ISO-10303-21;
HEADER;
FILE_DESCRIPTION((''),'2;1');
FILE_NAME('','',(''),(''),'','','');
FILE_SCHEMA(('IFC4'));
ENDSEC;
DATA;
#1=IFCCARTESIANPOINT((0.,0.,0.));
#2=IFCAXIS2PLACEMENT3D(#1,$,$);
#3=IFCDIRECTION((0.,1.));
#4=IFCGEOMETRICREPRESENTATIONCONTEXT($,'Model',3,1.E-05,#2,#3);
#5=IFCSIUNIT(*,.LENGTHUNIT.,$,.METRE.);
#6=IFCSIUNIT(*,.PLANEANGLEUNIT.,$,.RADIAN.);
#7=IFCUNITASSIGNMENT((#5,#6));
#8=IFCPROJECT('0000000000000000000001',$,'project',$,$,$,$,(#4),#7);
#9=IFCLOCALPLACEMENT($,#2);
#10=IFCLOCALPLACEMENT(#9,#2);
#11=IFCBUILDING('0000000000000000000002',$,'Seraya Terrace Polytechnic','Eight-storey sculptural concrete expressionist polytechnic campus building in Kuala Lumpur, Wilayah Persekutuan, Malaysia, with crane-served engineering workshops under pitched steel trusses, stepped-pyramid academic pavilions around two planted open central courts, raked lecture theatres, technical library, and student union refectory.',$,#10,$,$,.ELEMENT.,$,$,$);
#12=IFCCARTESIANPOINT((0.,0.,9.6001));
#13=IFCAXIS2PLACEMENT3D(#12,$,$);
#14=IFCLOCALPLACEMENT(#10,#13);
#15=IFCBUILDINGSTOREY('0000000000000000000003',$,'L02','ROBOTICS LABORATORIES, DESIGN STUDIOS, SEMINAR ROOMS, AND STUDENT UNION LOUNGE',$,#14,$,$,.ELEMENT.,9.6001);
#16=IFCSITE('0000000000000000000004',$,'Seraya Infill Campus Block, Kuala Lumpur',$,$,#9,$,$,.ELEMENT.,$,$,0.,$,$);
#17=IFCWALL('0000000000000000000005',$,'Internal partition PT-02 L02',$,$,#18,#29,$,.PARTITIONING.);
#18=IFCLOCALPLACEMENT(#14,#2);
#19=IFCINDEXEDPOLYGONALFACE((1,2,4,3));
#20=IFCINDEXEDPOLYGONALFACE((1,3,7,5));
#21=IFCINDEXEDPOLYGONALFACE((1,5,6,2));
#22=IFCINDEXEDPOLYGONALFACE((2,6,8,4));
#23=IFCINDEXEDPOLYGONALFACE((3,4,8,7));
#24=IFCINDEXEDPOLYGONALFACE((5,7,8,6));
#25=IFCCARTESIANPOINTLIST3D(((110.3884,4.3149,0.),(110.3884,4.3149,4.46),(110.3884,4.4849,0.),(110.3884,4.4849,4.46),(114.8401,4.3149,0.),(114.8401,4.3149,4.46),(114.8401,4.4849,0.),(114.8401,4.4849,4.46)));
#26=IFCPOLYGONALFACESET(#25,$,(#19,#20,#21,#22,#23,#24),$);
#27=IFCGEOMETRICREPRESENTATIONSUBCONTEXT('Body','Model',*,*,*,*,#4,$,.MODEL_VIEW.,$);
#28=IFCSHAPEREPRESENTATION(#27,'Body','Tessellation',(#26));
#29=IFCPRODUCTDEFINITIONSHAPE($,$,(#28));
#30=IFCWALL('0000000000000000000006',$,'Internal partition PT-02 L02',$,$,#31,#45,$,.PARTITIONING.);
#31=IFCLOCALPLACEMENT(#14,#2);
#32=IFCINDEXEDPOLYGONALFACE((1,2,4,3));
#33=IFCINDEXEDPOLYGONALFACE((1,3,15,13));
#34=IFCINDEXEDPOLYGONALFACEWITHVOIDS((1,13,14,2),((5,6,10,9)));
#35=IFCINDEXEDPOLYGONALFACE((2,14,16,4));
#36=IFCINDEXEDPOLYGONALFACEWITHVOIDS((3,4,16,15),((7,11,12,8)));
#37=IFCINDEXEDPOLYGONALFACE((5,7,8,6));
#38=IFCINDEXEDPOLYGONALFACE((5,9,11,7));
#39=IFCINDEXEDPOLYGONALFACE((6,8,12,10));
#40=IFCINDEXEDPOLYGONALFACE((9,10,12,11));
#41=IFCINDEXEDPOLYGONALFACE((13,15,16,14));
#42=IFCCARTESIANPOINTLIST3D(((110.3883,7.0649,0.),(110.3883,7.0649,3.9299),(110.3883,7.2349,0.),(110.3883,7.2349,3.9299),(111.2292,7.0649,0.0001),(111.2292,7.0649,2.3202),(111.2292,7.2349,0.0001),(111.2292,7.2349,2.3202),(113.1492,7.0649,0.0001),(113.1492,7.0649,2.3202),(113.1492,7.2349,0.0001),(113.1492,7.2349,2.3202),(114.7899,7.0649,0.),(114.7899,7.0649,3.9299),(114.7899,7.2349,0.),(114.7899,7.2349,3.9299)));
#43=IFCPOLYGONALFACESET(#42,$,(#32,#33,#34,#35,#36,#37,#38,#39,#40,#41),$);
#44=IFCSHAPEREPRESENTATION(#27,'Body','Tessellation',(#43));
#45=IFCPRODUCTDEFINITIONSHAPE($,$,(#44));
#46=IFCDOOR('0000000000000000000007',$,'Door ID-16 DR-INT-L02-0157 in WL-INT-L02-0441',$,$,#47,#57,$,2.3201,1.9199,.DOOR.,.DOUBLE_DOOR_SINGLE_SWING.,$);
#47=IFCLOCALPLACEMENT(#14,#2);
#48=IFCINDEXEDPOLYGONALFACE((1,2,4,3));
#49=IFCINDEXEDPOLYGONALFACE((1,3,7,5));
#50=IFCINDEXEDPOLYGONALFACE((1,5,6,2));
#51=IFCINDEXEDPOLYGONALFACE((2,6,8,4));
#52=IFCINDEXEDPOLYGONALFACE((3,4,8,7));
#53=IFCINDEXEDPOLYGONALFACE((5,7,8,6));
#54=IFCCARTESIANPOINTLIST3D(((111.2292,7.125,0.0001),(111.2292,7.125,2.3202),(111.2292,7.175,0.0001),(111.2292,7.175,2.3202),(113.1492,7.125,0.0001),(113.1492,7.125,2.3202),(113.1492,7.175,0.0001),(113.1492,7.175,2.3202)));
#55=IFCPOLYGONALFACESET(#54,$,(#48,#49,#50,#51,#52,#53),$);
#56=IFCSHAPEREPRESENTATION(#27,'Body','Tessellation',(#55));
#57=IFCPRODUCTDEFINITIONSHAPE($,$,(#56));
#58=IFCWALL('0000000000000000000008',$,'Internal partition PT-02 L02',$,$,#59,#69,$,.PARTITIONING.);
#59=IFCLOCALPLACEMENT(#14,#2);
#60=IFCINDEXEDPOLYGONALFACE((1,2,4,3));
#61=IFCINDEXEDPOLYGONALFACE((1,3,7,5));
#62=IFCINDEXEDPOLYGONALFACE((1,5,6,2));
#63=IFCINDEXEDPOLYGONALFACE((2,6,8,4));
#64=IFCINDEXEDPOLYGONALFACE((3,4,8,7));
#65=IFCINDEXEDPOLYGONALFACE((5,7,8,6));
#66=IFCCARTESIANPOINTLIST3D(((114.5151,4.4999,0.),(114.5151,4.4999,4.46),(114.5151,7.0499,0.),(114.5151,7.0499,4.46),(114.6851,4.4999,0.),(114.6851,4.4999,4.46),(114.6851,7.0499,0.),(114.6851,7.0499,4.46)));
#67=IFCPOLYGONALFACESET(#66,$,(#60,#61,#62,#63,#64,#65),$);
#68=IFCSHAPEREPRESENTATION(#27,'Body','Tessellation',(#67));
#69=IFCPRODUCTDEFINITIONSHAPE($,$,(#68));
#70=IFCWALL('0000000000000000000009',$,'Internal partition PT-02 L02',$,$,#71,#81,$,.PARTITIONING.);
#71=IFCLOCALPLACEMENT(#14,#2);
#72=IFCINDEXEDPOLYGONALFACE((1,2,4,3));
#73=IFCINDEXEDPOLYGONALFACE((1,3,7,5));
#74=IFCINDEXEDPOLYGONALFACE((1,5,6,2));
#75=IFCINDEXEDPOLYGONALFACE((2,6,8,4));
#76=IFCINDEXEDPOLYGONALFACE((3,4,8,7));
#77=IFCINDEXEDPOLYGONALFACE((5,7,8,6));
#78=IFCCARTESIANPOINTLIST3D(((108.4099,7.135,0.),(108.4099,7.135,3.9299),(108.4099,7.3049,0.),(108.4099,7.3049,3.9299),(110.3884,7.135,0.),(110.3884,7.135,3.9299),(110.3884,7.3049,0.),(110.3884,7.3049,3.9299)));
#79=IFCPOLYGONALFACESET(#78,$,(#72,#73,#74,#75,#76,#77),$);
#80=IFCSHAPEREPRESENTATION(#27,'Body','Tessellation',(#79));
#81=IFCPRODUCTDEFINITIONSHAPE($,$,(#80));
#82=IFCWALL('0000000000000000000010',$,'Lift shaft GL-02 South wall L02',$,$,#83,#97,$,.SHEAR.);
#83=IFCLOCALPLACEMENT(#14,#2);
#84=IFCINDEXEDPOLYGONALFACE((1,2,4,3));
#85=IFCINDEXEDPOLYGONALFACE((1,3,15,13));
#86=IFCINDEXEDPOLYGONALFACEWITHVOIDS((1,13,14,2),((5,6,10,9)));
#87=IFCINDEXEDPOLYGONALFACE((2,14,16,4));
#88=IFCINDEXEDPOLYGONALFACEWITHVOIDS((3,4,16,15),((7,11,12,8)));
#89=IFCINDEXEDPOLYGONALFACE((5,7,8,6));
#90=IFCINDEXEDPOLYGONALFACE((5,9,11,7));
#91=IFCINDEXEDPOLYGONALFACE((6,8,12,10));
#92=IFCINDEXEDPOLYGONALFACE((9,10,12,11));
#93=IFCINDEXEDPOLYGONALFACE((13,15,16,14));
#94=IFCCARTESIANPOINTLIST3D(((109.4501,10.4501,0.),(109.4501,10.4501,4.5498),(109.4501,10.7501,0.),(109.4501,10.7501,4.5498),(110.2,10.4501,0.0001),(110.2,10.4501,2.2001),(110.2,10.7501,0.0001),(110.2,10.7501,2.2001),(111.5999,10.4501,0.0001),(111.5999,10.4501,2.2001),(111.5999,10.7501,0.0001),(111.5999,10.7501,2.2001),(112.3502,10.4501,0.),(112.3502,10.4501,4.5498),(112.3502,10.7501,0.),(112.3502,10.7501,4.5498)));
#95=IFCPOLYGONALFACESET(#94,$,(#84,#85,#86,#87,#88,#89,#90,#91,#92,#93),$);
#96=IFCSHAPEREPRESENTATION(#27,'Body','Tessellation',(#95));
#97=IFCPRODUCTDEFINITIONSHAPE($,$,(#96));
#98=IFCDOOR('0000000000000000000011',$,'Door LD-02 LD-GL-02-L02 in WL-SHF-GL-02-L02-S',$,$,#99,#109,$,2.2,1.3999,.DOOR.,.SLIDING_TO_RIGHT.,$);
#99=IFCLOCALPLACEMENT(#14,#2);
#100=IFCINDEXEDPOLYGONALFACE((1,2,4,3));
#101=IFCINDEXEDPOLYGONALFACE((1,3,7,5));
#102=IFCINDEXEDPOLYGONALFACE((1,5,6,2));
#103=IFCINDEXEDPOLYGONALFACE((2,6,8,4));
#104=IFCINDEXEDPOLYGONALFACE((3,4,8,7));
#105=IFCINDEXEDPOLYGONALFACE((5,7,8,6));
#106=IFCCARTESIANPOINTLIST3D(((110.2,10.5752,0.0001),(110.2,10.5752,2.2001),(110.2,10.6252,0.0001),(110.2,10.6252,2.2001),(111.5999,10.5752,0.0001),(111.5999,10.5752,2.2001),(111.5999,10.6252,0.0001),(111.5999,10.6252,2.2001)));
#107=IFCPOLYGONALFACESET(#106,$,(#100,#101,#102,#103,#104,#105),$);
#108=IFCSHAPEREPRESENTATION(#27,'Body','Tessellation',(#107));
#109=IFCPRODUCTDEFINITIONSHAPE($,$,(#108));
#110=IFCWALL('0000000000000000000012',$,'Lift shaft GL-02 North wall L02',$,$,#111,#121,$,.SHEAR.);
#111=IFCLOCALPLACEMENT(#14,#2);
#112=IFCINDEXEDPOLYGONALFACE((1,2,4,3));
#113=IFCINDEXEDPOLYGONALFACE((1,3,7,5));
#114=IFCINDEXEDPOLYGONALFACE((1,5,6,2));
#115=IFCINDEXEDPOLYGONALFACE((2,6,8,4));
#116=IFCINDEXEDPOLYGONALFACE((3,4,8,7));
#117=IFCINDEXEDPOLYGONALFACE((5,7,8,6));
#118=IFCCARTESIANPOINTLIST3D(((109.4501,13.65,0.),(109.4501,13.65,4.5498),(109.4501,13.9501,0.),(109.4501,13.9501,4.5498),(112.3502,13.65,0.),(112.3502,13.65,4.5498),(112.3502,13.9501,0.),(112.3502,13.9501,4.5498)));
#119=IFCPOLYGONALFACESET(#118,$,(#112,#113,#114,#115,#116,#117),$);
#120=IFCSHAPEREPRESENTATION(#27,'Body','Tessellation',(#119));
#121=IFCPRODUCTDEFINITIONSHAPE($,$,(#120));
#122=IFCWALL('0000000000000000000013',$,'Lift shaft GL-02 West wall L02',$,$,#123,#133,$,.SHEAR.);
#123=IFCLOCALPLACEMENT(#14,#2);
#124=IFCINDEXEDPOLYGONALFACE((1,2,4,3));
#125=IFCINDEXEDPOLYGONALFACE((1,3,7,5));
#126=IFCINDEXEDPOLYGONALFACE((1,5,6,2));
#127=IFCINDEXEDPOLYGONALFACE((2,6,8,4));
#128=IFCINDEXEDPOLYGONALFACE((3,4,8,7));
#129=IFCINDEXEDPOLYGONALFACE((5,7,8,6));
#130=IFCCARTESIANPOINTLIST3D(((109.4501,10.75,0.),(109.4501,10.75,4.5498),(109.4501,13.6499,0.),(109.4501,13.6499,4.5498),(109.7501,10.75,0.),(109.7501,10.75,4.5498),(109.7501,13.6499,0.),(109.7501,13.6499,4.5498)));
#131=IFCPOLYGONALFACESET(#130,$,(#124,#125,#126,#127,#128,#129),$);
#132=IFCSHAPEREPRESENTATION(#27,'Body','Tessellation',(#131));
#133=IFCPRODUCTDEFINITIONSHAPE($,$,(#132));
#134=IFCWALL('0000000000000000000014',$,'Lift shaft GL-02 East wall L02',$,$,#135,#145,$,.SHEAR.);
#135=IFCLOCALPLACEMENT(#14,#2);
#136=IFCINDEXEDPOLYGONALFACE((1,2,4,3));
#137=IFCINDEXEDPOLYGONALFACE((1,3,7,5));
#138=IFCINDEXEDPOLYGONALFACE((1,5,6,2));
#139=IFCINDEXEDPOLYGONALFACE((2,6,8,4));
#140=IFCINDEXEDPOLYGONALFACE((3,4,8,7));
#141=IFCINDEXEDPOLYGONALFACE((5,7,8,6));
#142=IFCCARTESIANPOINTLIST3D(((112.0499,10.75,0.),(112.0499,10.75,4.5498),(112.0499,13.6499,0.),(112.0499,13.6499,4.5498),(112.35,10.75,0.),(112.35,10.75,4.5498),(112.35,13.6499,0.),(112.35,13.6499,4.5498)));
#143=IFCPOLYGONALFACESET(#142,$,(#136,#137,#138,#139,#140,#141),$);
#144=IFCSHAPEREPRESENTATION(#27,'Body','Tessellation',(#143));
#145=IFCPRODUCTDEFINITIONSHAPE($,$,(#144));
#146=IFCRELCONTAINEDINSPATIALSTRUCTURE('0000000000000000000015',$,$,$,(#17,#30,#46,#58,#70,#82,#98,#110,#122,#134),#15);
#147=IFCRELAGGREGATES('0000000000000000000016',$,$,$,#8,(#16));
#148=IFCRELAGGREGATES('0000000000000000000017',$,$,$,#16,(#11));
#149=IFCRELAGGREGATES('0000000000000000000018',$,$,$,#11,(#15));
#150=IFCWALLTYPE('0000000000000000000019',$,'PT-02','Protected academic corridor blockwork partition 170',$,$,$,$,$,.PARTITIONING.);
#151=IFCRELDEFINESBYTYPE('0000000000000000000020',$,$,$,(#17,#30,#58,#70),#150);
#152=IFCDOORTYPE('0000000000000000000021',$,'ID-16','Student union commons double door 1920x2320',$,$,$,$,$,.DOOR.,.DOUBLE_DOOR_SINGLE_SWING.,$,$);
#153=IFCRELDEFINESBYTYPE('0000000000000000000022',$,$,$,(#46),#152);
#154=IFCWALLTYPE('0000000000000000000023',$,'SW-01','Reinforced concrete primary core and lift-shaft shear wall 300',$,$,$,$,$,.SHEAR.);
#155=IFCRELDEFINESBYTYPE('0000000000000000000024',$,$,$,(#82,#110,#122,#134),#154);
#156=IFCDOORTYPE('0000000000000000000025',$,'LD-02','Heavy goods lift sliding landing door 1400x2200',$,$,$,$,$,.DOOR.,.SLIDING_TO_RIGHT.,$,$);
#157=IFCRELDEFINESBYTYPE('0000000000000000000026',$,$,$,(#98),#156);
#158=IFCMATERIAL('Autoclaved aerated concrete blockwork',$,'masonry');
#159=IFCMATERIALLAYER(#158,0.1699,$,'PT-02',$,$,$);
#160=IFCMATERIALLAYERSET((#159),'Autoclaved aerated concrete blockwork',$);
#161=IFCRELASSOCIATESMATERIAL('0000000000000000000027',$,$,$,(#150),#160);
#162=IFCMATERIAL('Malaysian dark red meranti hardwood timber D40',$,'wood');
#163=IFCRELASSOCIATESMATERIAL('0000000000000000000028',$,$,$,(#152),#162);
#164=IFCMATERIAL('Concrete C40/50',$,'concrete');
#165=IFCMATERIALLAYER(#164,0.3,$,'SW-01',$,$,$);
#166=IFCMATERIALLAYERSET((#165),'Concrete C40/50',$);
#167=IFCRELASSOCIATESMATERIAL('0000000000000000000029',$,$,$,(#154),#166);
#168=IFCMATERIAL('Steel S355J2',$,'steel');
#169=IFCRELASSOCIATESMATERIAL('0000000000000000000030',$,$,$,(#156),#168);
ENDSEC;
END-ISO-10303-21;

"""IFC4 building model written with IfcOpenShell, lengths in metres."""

from ifc_helpers import new_model, si_unit, direction, frame, frame_2d, origin, place, context, subcontext, project, spatial, rectangle, extrude, material, layer, layer_set, type_object, element, fill, save


model = new_model("IFC4")

# Units and contexts
model_context = context("Model", 3, precision=1e-05, world=origin(), true_north=direction((0.0, 1.0)))
body_context = subcontext(model_context, "Body", "Model", "MODEL_VIEW")
ifc_project = project(units=[si_unit("LENGTHUNIT", "METRE"), si_unit("PLANEANGLEUNIT", "RADIAN")], contexts=[model_context])

# Site, building, storey
site_placement = place(None, origin())
site = spatial("IfcSite", under=ifc_project, at=site_placement, Name="Seraya Infill Campus Block, Kuala Lumpur", CompositionType="ELEMENT", RefElevation=0.0)
building_placement = place(site_placement, origin())
building = spatial("IfcBuilding", under=site, at=building_placement, Name="Seraya Terrace Polytechnic", Description="Eight-storey sculptural concrete expressionist polytechnic campus building in Kuala Lumpur, Wilayah Persekutuan, Malaysia, with crane-served engineering workshops under pitched steel trusses, stepped-pyramid academic pavilions around two planted open central courts, raked lecture theatres, technical library, and student union refectory.", CompositionType="ELEMENT")
storey_placement = place(building_placement, frame((0.0, 0.0, 9.6001)))
storey = spatial("IfcBuildingStorey", under=building, at=storey_placement, Name="L02", Description="ROBOTICS LABORATORIES, DESIGN STUDIOS, SEMINAR ROOMS, AND STUDENT UNION LOUNGE", CompositionType="ELEMENT", Elevation=9.6001)

# Shared definitions
ifc_material_1 = material(Name="Concrete C40/50", Category="concrete")

# Wall
ifc_material_2 = material(Name="Autoclaved aerated concrete blockwork", Category="masonry")
ifc_layer_1 = layer(ifc_material_2, 0.1699, Name="PT-02")
ifc_layer_set_1 = layer_set([ifc_layer_1], Name="Autoclaved aerated concrete blockwork")
wall_type_1 = type_object("IfcWallType", Name="PT-02", Description="Protected academic corridor blockwork partition 170", PredefinedType="PARTITIONING", material=ifc_layer_set_1)
wall_1_placement = place(storey_placement, frame((110.3884, 4.3999, 0.0), z_axis=(0.0, 0.0, 1.0), x_axis=(1.0, 0.0, 0.0)))
element("IfcWall", 1, at=wall_1_placement, inside=storey, type_object=wall_type_1, Name="Internal partition PT-02 L02", PredefinedType="PARTITIONING", context=body_context, shape_type="SweptSolid", body=[
    extrude(rectangle(XDim=4.4517, YDim=0.1699, at=frame_2d((2.2258, 0.0))), origin(), (0.0, 0.0, 1.0), 4.46),
])

# Wall, opening, door
wall_2_placement = place(storey_placement, frame((110.3884, 7.1499, 0.0), z_axis=(0.0, 0.0, 1.0), x_axis=(1.0, 0.0, 0.0)))
wall_2 = element("IfcWall", 2, at=wall_2_placement, inside=storey, type_object=wall_type_1, Name="Internal partition PT-02 L02", PredefinedType="PARTITIONING", context=body_context, shape_type="SweptSolid", body=[
    extrude(rectangle(XDim=4.4016, YDim=0.1699, at=frame_2d((2.2007, 0.0))), origin(), (0.0, 0.0, 1.0), 3.9299),
])
opening_1_placement = place(wall_2_placement, frame((0.8408, 0.0, 0.0)))
opening_1 = element("IfcOpeningElement", 3, at=opening_1_placement, cuts=wall_2, PredefinedType="OPENING", context=body_context, shape_type="SweptSolid", body=[
    extrude(rectangle(XDim=1.9199, YDim=2.3201, at=frame_2d((0.96, 1.1602))), frame((0.0, 0.0969, 0.0), z_axis=(0.0, -1.0, 0.0), x_axis=(1.0, 0.0, 0.0)), (0.0, 0.0, 1.0), 0.1938),
])
ifc_material_3 = material(Name="Malaysian dark red meranti hardwood timber D40", Category="wood")
door_type_1 = type_object("IfcDoorType", Name="ID-16", Description="Student union commons double door 1920x2320", OperationType="DOUBLE_DOOR_SINGLE_SWING", PredefinedType="DOOR", material=ifc_material_3)
door_1_placement = place(opening_1_placement, frame((1.9199, 0.0, 0.0), z_axis=(0.0, 0.0, 1.0), x_axis=(-1.0, 0.0, 0.0)))
door_1 = element("IfcDoor", 4, at=door_1_placement, inside=storey, type_object=door_type_1, Name="Door ID-16 DR-INT-L02-0157 in WL-INT-L02-0441", OperationType="DOUBLE_DOOR_SINGLE_SWING", OverallHeight=2.3201, OverallWidth=1.9199, PredefinedType="DOOR", context=body_context, shape_type="SweptSolid", body=[
    extrude(rectangle(XDim=1.9199, YDim=2.3201, at=frame_2d((0.96, 1.1602))), frame((0.0, 0.0249, 0.0), z_axis=(0.0, -1.0, 0.0), x_axis=(1.0, 0.0, 0.0)), (0.0, 0.0, 1.0), 0.05),
])
fill(opening_1, door_1)

# Walls
wall_3_placement = place(storey_placement, frame((114.6001, 4.5, 0.0), z_axis=(0.0, 0.0, 1.0), x_axis=(0.0, 1.0, 0.0)))
element("IfcWall", 5, at=wall_3_placement, inside=storey, type_object=wall_type_1, Name="Internal partition PT-02 L02", PredefinedType="PARTITIONING", context=body_context, shape_type="SweptSolid", body=[
    extrude(rectangle(XDim=2.55, YDim=0.1699, at=frame_2d((1.2749, 0.0))), origin(), (0.0, 0.0, 1.0), 4.46),
])
wall_4_placement = place(storey_placement, frame((108.4099, 7.22, 0.0), z_axis=(0.0, 0.0, 1.0), x_axis=(1.0, 0.0, 0.0)))
element("IfcWall", 6, at=wall_4_placement, inside=storey, type_object=wall_type_1, Name="Internal partition PT-02 L02", PredefinedType="PARTITIONING", context=body_context, shape_type="SweptSolid", body=[
    extrude(rectangle(XDim=1.9785, YDim=0.1699, at=frame_2d((0.9893, 0.0))), origin(), (0.0, 0.0, 1.0), 3.9299),
])

# Wall, opening, door
ifc_layer_2 = layer(ifc_material_1, 0.3, Name="SW-01")
ifc_layer_set_2 = layer_set([ifc_layer_2], Name="Concrete C40/50")
wall_type_2 = type_object("IfcWallType", Name="SW-01", Description="Reinforced concrete primary core and lift-shaft shear wall 300", PredefinedType="SHEAR", material=ifc_layer_set_2)
wall_5_placement = place(storey_placement, frame((109.45, 10.6001, 0.0), z_axis=(0.0, 0.0, 1.0), x_axis=(1.0, 0.0, 0.0)))
wall_5 = element("IfcWall", 7, at=wall_5_placement, inside=storey, type_object=wall_type_2, Name="Lift shaft GL-02 South wall L02", PredefinedType="SHEAR", context=body_context, shape_type="SweptSolid", body=[
    extrude(rectangle(XDim=2.9001, YDim=0.3, at=frame_2d((1.4502, 0.0))), origin(), (0.0, 0.0, 1.0), 4.5498),
])
opening_2_placement = place(wall_5_placement, frame((0.75, 0.0, 0.0)))
opening_2 = element("IfcOpeningElement", 8, at=opening_2_placement, cuts=wall_5, PredefinedType="OPENING", context=body_context, shape_type="SweptSolid", body=[
    extrude(rectangle(XDim=1.3999, YDim=2.2, at=frame_2d((0.7, 1.1001))), frame((0.0, 0.1621, 0.0), z_axis=(0.0, -1.0, 0.0), x_axis=(1.0, 0.0, 0.0)), (0.0, 0.0, 1.0), 0.324),
])
ifc_material_4 = material(Name="Steel S355J2", Category="steel")
door_type_2 = type_object("IfcDoorType", Name="LD-02", Description="Heavy goods lift sliding landing door 1400x2200", OperationType="SLIDING_TO_RIGHT", PredefinedType="DOOR", material=ifc_material_4)
door_2_placement = place(opening_2_placement, frame((1.3999, 0.0, 0.0), z_axis=(0.0, 0.0, 1.0), x_axis=(-1.0, 0.0, 0.0)))
door_2 = element("IfcDoor", 9, at=door_2_placement, inside=storey, type_object=door_type_2, Name="Door LD-02 LD-GL-02-L02 in WL-SHF-GL-02-L02-S", OperationType="SLIDING_TO_RIGHT", OverallHeight=2.2, OverallWidth=1.3999, PredefinedType="DOOR", context=body_context, shape_type="SweptSolid", body=[
    extrude(rectangle(XDim=1.3999, YDim=2.2, at=frame_2d((0.7, 1.1001))), frame((0.0, 0.0249, 0.0), z_axis=(0.0, -1.0, 0.0), x_axis=(1.0, 0.0, 0.0)), (0.0, 0.0, 1.0), 0.05),
])
fill(opening_2, door_2)

# Walls
wall_6_placement = place(storey_placement, frame((109.45, 13.8, 0.0), z_axis=(0.0, 0.0, 1.0), x_axis=(1.0, 0.0, 0.0)))
element("IfcWall", 10, at=wall_6_placement, inside=storey, type_object=wall_type_2, Name="Lift shaft GL-02 North wall L02", PredefinedType="SHEAR", context=body_context, shape_type="SweptSolid", body=[
    extrude(rectangle(XDim=2.9001, YDim=0.3, at=frame_2d((1.4502, 0.0))), origin(), (0.0, 0.0, 1.0), 4.5498),
])
for number, where, z_axis, x_axis, name in (
    (11, (109.6001, 10.75, 0.0), (0.0, 0.0, 1.0), (0.0, 1.0, 0.0), "Lift shaft GL-02 West wall L02"),
    (12, (112.2, 10.75, 0.0), (0.0, 0.0, 1.0), (0.0, 1.0, 0.0), "Lift shaft GL-02 East wall L02"),
):
    element("IfcWall", number, at=place(storey_placement, frame(where, z_axis=z_axis, x_axis=x_axis)), inside=storey, type_object=wall_type_2, Name=name, PredefinedType="SHEAR", context=body_context, shape_type="SweptSolid", body=[
        extrude(rectangle(XDim=2.8999, YDim=0.3, at=frame_2d((1.45, 0.0))), origin(), (0.0, 0.0, 1.0), 4.5498),
    ])

save(model, "model.ifc")
